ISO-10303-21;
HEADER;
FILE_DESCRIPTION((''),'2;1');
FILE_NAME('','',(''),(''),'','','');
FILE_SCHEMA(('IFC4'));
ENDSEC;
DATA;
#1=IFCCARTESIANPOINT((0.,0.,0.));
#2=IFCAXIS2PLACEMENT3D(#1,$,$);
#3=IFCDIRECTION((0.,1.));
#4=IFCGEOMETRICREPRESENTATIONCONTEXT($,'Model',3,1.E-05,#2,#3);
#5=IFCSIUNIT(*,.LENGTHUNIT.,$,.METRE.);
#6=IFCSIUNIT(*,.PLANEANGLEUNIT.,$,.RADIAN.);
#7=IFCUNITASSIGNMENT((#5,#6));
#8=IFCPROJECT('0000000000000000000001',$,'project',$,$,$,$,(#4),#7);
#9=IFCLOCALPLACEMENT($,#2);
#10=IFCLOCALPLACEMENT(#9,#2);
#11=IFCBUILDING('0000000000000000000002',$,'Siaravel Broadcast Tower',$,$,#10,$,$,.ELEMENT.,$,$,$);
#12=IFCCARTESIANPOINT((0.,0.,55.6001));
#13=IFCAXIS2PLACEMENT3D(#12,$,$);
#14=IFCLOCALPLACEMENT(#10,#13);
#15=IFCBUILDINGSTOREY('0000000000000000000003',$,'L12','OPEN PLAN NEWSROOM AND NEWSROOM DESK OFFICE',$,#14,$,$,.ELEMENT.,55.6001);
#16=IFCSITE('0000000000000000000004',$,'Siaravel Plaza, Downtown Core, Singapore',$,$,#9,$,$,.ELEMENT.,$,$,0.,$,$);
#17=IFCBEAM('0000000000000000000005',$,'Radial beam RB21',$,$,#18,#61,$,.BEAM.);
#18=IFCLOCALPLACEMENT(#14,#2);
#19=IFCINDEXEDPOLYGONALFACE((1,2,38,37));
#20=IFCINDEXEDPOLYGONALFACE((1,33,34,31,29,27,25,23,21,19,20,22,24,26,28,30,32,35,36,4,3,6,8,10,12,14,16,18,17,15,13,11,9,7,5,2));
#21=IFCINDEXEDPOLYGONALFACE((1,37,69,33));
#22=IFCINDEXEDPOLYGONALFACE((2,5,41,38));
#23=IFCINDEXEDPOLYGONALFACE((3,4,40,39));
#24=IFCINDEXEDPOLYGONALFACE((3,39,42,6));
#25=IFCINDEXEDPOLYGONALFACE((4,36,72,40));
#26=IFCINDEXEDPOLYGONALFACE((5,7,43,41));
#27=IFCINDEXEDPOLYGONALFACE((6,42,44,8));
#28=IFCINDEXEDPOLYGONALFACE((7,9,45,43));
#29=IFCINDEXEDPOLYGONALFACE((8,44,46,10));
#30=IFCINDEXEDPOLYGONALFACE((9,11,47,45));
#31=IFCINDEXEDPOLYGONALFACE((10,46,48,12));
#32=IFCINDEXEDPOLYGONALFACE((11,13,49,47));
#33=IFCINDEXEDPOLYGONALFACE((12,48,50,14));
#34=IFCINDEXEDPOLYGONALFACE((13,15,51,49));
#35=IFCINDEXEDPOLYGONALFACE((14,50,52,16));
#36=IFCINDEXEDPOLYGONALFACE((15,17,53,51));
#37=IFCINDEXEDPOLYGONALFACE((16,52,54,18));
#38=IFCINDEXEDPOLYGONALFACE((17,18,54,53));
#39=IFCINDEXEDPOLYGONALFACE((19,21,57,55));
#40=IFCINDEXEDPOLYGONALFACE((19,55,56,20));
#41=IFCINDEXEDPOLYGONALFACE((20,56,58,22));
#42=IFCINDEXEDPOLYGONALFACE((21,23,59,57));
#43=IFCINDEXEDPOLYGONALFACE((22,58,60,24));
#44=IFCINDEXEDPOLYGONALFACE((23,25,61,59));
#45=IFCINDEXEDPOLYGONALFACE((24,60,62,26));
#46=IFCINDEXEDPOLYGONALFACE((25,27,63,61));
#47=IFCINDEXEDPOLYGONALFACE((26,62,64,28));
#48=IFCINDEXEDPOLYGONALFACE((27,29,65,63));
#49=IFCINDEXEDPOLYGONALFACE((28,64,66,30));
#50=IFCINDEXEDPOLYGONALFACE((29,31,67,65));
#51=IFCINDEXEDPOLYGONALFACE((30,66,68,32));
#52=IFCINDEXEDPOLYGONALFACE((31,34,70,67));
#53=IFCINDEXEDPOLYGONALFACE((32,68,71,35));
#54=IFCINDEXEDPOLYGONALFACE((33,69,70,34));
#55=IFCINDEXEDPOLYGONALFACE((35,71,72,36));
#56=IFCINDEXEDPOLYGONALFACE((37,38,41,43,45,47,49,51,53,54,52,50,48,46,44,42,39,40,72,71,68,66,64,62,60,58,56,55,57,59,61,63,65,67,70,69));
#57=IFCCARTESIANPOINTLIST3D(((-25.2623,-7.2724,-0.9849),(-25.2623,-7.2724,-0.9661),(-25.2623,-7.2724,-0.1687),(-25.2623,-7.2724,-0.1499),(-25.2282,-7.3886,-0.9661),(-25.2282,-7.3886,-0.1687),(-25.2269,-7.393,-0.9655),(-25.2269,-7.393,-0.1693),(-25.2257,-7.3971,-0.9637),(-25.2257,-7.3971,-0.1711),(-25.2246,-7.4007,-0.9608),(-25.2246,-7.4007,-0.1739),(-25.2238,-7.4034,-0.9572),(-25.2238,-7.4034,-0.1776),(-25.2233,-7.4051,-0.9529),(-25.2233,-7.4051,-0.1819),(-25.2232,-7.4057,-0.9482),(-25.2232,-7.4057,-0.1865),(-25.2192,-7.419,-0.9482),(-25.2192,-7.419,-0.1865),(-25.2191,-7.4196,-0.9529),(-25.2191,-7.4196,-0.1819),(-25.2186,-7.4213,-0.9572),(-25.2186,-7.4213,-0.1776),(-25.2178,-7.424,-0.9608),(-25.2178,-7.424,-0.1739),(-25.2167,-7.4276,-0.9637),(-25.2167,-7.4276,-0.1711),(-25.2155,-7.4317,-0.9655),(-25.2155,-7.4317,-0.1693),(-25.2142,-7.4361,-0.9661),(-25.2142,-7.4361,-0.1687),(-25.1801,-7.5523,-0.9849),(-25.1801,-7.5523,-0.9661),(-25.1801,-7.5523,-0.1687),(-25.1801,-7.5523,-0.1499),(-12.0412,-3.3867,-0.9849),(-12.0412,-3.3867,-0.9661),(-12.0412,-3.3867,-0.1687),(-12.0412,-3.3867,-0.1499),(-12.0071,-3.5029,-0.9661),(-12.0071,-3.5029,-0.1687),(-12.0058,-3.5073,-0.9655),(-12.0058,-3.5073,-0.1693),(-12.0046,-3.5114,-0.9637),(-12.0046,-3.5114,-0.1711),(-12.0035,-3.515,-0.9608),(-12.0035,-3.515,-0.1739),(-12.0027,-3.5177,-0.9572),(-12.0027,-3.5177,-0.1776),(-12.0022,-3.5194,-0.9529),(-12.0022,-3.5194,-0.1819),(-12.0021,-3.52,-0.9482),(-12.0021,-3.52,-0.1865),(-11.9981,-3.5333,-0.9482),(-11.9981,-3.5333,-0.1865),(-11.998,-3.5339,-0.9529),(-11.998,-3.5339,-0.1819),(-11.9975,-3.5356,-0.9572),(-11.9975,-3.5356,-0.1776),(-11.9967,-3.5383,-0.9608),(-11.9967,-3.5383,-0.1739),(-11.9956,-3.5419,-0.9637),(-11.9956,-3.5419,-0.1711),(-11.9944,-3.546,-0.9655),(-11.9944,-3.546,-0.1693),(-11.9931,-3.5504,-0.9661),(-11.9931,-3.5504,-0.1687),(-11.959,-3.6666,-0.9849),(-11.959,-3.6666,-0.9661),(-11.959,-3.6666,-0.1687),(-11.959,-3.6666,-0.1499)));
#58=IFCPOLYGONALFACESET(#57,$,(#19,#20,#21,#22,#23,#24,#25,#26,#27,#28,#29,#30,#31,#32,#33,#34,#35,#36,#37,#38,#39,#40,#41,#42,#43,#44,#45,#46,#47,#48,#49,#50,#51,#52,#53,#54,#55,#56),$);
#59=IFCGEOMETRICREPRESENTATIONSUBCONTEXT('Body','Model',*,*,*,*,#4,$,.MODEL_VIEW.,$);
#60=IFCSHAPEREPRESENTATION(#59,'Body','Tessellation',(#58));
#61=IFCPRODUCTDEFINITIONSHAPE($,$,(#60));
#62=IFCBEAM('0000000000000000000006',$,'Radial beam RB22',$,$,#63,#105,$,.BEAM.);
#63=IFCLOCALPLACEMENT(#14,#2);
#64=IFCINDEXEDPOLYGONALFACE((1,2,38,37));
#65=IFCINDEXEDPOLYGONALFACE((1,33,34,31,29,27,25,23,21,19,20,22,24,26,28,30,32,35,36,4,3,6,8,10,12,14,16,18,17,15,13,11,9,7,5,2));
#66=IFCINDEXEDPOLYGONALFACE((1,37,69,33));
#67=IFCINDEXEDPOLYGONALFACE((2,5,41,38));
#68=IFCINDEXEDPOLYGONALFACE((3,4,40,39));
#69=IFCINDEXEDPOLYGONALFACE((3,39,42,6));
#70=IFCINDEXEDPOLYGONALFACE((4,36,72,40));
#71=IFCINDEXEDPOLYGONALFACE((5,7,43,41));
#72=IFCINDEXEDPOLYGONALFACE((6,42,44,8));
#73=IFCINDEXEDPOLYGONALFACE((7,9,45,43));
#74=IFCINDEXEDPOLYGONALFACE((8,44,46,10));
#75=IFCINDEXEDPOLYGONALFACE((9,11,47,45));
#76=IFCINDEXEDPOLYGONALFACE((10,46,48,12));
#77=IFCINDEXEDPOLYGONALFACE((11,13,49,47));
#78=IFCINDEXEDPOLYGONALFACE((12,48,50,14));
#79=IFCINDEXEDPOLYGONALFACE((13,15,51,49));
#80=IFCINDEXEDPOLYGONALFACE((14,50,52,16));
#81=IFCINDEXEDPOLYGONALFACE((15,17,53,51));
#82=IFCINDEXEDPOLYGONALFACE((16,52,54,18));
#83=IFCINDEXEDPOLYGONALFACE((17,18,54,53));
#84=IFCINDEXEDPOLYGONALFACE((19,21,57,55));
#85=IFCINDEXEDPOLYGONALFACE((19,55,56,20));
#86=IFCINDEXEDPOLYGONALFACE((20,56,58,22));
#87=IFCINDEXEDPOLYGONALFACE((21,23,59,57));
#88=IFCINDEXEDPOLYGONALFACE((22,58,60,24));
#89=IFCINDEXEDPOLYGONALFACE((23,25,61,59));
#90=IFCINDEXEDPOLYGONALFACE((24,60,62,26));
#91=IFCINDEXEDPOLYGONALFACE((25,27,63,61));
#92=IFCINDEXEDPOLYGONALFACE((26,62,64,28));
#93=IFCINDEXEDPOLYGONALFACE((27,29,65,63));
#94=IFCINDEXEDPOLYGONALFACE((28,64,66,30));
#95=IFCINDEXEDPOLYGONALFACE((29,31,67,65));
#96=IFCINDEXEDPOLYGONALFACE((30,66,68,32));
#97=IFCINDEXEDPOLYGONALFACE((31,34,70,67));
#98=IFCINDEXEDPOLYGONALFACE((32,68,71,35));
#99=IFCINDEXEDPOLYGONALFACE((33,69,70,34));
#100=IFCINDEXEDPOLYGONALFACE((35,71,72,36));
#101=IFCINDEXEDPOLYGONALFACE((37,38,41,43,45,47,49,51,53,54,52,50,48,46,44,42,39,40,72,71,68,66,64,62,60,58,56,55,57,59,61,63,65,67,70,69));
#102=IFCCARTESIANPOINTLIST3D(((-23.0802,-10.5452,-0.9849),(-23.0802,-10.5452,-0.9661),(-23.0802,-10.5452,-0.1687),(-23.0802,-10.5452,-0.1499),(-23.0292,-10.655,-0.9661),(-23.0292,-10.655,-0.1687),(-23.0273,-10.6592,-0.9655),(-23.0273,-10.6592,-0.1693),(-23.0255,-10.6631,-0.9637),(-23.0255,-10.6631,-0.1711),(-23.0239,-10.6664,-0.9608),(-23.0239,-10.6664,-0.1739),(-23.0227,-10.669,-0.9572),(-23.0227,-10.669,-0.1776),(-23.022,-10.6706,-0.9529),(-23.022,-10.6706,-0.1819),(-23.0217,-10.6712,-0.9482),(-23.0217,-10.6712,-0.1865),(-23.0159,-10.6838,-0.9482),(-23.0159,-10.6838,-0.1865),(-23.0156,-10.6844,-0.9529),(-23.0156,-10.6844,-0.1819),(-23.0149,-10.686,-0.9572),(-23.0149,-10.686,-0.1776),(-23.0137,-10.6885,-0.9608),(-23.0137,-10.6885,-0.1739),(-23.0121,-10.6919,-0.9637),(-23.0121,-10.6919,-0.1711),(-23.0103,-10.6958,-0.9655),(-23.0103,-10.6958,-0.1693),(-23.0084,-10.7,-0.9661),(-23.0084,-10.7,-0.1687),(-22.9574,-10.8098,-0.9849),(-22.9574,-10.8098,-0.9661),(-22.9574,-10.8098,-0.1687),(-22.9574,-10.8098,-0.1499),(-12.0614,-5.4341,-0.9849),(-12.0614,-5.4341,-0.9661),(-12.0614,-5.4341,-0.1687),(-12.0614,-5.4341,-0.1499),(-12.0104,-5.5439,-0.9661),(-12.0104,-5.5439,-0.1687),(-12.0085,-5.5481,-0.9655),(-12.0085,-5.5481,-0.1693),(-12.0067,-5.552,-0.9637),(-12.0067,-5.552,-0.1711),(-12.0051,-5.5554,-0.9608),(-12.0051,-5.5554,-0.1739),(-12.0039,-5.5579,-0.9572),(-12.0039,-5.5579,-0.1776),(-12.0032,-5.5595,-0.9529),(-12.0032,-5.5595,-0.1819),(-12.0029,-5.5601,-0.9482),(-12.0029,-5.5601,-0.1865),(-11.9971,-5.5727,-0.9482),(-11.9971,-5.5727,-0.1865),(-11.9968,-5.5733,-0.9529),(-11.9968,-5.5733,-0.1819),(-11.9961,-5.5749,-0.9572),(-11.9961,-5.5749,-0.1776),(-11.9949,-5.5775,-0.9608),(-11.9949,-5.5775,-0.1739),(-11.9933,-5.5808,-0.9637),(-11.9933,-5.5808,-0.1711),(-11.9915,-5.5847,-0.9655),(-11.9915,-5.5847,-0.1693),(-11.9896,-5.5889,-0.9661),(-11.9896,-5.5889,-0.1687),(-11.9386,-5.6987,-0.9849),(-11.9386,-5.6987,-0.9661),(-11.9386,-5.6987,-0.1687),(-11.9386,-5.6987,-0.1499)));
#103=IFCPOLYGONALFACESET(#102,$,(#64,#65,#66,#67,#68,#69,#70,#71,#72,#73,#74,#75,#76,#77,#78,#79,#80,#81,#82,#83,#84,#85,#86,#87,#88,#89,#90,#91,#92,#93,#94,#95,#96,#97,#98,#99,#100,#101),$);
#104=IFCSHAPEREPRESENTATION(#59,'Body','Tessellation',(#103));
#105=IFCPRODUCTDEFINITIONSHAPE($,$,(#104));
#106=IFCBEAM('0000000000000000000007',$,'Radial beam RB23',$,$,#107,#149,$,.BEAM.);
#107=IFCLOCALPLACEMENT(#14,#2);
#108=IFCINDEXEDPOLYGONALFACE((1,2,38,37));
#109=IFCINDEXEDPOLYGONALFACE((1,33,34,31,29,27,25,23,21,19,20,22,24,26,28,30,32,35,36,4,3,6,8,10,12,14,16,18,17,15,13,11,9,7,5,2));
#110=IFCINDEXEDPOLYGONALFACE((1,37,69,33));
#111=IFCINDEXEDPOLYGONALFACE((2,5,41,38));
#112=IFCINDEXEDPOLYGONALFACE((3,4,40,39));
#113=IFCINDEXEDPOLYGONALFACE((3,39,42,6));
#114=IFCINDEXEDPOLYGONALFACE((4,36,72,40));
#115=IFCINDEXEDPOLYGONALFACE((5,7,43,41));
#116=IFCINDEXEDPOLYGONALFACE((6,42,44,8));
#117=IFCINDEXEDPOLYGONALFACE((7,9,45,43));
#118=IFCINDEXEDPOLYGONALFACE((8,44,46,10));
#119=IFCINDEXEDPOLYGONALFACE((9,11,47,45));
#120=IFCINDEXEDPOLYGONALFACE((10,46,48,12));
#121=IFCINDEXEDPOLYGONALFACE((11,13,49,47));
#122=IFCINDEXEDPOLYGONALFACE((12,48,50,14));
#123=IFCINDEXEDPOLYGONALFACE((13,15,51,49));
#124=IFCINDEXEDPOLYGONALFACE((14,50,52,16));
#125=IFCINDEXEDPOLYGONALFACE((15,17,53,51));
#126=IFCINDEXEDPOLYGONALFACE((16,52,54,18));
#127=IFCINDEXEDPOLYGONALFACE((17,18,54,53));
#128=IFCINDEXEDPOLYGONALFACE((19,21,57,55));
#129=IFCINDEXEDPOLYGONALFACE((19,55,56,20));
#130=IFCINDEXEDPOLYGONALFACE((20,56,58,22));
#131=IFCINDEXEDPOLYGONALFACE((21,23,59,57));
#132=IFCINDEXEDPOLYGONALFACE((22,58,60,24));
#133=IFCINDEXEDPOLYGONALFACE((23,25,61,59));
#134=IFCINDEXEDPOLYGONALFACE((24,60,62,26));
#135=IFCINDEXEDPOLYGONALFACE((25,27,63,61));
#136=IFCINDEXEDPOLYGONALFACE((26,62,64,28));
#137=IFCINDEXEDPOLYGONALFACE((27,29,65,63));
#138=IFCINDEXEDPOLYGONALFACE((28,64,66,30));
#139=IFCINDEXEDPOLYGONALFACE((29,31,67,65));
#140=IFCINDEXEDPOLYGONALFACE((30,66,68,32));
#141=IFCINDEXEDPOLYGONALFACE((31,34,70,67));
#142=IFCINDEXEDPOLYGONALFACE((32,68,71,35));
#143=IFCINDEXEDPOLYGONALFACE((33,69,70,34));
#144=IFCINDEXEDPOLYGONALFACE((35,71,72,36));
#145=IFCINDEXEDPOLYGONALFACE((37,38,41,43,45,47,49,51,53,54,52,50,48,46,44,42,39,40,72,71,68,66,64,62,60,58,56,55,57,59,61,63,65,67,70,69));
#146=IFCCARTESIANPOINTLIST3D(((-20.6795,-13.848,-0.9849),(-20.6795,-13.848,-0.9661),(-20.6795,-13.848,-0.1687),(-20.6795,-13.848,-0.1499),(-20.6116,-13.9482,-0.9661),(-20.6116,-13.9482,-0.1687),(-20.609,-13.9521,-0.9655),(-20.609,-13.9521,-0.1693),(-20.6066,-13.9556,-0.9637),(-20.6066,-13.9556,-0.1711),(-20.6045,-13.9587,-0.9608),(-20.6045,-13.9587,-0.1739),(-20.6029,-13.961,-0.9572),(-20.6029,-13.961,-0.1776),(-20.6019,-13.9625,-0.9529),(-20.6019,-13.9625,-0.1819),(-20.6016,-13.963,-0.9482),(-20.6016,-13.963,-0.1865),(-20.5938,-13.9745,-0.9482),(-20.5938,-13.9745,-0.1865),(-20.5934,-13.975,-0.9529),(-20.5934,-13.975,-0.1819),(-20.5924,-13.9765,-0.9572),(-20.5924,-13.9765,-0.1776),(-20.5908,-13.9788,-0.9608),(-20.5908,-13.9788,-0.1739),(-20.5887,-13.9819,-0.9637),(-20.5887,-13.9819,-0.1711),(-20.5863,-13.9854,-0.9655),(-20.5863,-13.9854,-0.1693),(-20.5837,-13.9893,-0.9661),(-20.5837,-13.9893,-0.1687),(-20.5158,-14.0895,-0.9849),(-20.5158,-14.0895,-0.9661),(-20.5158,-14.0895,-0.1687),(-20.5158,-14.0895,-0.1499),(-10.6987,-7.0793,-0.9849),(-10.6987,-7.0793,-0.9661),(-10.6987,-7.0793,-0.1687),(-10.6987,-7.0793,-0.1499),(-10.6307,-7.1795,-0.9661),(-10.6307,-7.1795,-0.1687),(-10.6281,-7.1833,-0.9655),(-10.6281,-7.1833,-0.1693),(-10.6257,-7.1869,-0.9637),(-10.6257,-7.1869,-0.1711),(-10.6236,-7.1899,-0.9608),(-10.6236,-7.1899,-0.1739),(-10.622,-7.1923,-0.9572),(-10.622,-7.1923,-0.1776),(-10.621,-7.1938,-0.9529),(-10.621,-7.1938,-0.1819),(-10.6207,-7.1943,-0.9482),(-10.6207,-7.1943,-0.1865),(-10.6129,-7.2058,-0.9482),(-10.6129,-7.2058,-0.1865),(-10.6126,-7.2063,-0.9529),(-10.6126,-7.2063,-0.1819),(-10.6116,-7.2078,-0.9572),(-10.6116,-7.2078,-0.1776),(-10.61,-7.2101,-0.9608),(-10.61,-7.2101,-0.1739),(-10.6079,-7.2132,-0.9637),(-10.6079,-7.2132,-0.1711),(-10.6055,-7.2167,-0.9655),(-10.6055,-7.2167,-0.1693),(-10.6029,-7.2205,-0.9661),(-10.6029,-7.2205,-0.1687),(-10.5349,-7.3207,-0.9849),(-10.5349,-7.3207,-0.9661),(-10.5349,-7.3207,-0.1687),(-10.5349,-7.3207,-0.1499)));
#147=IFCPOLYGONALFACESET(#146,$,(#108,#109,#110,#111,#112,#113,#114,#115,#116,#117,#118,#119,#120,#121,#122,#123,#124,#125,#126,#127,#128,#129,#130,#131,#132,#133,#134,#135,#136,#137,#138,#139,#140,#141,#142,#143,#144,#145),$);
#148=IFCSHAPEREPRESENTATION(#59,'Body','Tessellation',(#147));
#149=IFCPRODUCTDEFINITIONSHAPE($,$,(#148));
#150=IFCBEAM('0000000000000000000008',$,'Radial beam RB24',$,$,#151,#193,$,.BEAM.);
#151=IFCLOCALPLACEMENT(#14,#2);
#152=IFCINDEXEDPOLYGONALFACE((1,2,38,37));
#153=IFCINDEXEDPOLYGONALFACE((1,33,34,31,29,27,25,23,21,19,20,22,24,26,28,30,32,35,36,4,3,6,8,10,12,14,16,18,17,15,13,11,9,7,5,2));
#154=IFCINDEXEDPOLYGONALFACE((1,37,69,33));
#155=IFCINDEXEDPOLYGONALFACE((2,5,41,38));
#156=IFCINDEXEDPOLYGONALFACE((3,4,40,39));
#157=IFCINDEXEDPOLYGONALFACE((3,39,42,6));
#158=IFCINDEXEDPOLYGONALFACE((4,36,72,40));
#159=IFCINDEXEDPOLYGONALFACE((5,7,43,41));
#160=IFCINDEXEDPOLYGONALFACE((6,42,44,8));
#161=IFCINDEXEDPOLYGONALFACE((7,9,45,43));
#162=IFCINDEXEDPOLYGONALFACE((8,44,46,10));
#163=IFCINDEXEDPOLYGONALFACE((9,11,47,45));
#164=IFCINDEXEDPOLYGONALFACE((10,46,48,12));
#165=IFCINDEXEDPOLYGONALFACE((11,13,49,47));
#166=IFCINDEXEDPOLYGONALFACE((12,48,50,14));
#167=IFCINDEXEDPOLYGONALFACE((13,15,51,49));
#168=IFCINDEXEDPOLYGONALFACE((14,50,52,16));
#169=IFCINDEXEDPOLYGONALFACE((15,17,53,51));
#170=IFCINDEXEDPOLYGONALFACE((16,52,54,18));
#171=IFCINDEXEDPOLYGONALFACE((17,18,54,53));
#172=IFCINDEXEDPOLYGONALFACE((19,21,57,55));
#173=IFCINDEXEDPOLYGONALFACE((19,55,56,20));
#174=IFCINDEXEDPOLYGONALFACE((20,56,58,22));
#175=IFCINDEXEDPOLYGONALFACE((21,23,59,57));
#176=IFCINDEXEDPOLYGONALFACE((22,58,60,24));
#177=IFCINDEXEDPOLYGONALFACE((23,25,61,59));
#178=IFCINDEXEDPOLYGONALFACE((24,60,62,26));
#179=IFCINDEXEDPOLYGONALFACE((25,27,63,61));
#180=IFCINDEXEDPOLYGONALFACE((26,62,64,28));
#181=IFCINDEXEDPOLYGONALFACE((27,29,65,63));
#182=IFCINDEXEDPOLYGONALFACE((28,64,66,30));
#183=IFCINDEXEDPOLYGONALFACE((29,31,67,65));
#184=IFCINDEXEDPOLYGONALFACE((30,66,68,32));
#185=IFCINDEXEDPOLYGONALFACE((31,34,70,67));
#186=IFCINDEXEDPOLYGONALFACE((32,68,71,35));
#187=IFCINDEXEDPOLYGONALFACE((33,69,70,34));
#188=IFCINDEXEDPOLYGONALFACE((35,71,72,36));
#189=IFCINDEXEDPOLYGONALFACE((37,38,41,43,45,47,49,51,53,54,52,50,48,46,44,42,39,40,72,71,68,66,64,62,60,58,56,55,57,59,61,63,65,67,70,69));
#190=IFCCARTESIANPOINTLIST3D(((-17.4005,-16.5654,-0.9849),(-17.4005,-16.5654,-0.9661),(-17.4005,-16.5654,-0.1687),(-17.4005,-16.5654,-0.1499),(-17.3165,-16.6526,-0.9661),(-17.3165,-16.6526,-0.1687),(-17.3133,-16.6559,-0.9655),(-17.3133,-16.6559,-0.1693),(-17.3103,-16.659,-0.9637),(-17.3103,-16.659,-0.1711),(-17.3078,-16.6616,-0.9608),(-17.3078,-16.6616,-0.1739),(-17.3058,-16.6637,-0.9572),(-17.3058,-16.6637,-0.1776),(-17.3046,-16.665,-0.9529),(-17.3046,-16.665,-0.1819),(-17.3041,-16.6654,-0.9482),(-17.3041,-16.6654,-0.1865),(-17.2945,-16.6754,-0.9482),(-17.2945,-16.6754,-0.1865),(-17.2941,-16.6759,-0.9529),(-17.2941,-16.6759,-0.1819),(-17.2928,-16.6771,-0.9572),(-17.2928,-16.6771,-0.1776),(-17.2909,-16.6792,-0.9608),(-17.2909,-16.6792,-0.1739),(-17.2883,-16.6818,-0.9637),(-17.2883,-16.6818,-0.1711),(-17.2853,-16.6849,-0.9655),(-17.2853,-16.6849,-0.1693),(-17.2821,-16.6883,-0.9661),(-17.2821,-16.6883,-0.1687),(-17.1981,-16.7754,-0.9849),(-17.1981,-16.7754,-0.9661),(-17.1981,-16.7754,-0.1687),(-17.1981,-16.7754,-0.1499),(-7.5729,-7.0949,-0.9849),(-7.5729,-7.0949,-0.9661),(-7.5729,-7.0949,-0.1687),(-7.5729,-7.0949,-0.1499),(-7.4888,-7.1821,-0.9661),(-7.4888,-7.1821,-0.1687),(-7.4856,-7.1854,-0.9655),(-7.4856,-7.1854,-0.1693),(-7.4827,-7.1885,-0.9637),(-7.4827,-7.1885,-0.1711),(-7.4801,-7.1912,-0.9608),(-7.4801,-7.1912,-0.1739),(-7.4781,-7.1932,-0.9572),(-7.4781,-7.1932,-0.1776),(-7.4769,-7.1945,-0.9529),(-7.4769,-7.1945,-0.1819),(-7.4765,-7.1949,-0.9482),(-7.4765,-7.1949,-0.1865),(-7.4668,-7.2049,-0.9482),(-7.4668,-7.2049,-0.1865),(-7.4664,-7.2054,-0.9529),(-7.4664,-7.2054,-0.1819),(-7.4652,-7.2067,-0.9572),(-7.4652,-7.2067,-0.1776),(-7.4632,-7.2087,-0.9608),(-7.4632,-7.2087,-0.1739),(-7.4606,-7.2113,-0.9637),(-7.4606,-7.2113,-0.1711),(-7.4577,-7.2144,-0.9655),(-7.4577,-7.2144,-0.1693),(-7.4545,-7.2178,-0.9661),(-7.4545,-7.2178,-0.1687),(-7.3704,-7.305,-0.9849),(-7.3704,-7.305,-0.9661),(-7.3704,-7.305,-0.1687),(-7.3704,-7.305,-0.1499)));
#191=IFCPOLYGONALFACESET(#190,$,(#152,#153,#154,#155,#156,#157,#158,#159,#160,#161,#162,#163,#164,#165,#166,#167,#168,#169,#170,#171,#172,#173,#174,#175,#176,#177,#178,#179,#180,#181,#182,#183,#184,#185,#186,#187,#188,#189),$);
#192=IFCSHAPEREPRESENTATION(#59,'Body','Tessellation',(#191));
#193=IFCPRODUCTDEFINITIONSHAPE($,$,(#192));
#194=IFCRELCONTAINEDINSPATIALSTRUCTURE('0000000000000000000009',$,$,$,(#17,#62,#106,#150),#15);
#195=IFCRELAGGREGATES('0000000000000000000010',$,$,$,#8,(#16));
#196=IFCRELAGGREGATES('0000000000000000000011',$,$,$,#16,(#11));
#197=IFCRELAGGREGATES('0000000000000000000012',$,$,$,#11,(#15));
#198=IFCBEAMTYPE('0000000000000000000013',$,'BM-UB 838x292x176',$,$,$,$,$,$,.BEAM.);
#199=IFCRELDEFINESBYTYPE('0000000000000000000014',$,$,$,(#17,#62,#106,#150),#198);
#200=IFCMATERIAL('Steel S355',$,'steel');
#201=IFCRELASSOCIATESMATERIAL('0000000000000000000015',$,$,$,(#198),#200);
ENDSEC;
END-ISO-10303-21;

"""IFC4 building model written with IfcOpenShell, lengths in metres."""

from ifc_helpers import new_model, si_unit, direction, frame, origin, origin_2d, place, context, subcontext, project, spatial, i_section, extrude, material, material_profile, profile_set, type_object, element, save


model = new_model("IFC4")

# Units and contexts
model_context = context("Model", 3, precision=1e-05, world=origin(), true_north=direction((0.0, 1.0)))
body_context = subcontext(model_context, "Body", "Model", "MODEL_VIEW")
ifc_project = project(units=[si_unit("LENGTHUNIT", "METRE"), si_unit("PLANEANGLEUNIT", "RADIAN")], contexts=[model_context])

# Site, building, storey
site_placement = place(None, origin())
site = spatial("IfcSite", under=ifc_project, at=site_placement, Name="Siaravel Plaza, Downtown Core, Singapore", CompositionType="ELEMENT", RefElevation=0.0)
building_placement = place(site_placement, origin())
building = spatial("IfcBuilding", under=site, at=building_placement, Name="Siaravel Broadcast Tower", CompositionType="ELEMENT")
storey_placement = place(building_placement, frame((0.0, 0.0, 55.6001)))
storey = spatial("IfcBuildingStorey", under=building, at=storey_placement, Name="L12", Description="OPEN PLAN NEWSROOM AND NEWSROOM DESK OFFICE", CompositionType="ELEMENT", Elevation=55.6001)

# Beams
ifc_material_1 = material(Name="Steel S355", Category="steel")
ifc_material_profile_1 = material_profile(ifc_material_1, i_section(OverallWidth=0.2917, OverallDepth=0.835, WebThickness=0.0139, FlangeThickness=0.0188, FilletRadius=0.0178, at=origin_2d()))
ifc_profile_set_1 = profile_set([ifc_material_profile_1], Name="Steel S355")
beam_type = type_object("IfcBeamType", Name="BM-UB 838x292x176", PredefinedType="BEAM", material=ifc_profile_set_1)
beam_1_placement = place(storey_placement, frame((-25.2212, -7.4124, -0.5674), z_axis=(0.959421, 0.281976, 0.0), x_axis=(-0.281976, 0.959421, 0.0)))
element("IfcBeam", 1, at=beam_1_placement, inside=storey, type_object=beam_type, Name="Radial beam RB21", PredefinedType="BEAM", context=body_context, shape_type="SweptSolid", body=[
    extrude(i_section(OverallWidth=0.2917, OverallDepth=0.835, WebThickness=0.0139, FlangeThickness=0.0188, FilletRadius=0.0178, at=origin_2d()), origin(), (0.0, 0.0, 1.0), 13.7803),
])
beam_2_placement = place(storey_placement, frame((-23.0188, -10.6775, -0.5674), z_axis=(0.907159, 0.420787, 0.0), x_axis=(-0.420787, 0.907159, 0.0)))
element("IfcBeam", 2, at=beam_2_placement, inside=storey, type_object=beam_type, Name="Radial beam RB22", PredefinedType="BEAM", context=body_context, shape_type="SweptSolid", body=[
    extrude(i_section(OverallWidth=0.2917, OverallDepth=0.835, WebThickness=0.0139, FlangeThickness=0.0188, FilletRadius=0.0178, at=origin_2d()), origin(), (0.0, 0.0, 1.0), 12.1465),
])
beam_3_placement = place(storey_placement, frame((-20.5977, -13.9688, -0.5674), z_axis=(0.82763, 0.561275, 0.0), x_axis=(-0.561275, 0.82763, 0.0)))
element("IfcBeam", 3, at=beam_3_placement, inside=storey, type_object=beam_type, Name="Radial beam RB23", PredefinedType="BEAM", context=body_context, shape_type="SweptSolid", body=[
    extrude(i_section(OverallWidth=0.2917, OverallDepth=0.835, WebThickness=0.0139, FlangeThickness=0.0188, FilletRadius=0.0178, at=origin_2d()), origin(), (0.0, 0.0, 1.0), 12.0596),
])
beam_4_placement = place(storey_placement, frame((-17.2993, -16.6704, -0.5674), z_axis=(0.720071, 0.6939, 0.0), x_axis=(-0.6939, 0.720071, 0.0)))
element("IfcBeam", 4, at=beam_4_placement, inside=storey, type_object=beam_type, Name="Radial beam RB24", PredefinedType="BEAM", context=body_context, shape_type="SweptSolid", body=[
    extrude(i_section(OverallWidth=0.2917, OverallDepth=0.835, WebThickness=0.0139, FlangeThickness=0.0188, FilletRadius=0.0178, at=origin_2d()), origin(), (0.0, 0.0, 1.0), 13.6482),
])

save(model, "model.ifc")
